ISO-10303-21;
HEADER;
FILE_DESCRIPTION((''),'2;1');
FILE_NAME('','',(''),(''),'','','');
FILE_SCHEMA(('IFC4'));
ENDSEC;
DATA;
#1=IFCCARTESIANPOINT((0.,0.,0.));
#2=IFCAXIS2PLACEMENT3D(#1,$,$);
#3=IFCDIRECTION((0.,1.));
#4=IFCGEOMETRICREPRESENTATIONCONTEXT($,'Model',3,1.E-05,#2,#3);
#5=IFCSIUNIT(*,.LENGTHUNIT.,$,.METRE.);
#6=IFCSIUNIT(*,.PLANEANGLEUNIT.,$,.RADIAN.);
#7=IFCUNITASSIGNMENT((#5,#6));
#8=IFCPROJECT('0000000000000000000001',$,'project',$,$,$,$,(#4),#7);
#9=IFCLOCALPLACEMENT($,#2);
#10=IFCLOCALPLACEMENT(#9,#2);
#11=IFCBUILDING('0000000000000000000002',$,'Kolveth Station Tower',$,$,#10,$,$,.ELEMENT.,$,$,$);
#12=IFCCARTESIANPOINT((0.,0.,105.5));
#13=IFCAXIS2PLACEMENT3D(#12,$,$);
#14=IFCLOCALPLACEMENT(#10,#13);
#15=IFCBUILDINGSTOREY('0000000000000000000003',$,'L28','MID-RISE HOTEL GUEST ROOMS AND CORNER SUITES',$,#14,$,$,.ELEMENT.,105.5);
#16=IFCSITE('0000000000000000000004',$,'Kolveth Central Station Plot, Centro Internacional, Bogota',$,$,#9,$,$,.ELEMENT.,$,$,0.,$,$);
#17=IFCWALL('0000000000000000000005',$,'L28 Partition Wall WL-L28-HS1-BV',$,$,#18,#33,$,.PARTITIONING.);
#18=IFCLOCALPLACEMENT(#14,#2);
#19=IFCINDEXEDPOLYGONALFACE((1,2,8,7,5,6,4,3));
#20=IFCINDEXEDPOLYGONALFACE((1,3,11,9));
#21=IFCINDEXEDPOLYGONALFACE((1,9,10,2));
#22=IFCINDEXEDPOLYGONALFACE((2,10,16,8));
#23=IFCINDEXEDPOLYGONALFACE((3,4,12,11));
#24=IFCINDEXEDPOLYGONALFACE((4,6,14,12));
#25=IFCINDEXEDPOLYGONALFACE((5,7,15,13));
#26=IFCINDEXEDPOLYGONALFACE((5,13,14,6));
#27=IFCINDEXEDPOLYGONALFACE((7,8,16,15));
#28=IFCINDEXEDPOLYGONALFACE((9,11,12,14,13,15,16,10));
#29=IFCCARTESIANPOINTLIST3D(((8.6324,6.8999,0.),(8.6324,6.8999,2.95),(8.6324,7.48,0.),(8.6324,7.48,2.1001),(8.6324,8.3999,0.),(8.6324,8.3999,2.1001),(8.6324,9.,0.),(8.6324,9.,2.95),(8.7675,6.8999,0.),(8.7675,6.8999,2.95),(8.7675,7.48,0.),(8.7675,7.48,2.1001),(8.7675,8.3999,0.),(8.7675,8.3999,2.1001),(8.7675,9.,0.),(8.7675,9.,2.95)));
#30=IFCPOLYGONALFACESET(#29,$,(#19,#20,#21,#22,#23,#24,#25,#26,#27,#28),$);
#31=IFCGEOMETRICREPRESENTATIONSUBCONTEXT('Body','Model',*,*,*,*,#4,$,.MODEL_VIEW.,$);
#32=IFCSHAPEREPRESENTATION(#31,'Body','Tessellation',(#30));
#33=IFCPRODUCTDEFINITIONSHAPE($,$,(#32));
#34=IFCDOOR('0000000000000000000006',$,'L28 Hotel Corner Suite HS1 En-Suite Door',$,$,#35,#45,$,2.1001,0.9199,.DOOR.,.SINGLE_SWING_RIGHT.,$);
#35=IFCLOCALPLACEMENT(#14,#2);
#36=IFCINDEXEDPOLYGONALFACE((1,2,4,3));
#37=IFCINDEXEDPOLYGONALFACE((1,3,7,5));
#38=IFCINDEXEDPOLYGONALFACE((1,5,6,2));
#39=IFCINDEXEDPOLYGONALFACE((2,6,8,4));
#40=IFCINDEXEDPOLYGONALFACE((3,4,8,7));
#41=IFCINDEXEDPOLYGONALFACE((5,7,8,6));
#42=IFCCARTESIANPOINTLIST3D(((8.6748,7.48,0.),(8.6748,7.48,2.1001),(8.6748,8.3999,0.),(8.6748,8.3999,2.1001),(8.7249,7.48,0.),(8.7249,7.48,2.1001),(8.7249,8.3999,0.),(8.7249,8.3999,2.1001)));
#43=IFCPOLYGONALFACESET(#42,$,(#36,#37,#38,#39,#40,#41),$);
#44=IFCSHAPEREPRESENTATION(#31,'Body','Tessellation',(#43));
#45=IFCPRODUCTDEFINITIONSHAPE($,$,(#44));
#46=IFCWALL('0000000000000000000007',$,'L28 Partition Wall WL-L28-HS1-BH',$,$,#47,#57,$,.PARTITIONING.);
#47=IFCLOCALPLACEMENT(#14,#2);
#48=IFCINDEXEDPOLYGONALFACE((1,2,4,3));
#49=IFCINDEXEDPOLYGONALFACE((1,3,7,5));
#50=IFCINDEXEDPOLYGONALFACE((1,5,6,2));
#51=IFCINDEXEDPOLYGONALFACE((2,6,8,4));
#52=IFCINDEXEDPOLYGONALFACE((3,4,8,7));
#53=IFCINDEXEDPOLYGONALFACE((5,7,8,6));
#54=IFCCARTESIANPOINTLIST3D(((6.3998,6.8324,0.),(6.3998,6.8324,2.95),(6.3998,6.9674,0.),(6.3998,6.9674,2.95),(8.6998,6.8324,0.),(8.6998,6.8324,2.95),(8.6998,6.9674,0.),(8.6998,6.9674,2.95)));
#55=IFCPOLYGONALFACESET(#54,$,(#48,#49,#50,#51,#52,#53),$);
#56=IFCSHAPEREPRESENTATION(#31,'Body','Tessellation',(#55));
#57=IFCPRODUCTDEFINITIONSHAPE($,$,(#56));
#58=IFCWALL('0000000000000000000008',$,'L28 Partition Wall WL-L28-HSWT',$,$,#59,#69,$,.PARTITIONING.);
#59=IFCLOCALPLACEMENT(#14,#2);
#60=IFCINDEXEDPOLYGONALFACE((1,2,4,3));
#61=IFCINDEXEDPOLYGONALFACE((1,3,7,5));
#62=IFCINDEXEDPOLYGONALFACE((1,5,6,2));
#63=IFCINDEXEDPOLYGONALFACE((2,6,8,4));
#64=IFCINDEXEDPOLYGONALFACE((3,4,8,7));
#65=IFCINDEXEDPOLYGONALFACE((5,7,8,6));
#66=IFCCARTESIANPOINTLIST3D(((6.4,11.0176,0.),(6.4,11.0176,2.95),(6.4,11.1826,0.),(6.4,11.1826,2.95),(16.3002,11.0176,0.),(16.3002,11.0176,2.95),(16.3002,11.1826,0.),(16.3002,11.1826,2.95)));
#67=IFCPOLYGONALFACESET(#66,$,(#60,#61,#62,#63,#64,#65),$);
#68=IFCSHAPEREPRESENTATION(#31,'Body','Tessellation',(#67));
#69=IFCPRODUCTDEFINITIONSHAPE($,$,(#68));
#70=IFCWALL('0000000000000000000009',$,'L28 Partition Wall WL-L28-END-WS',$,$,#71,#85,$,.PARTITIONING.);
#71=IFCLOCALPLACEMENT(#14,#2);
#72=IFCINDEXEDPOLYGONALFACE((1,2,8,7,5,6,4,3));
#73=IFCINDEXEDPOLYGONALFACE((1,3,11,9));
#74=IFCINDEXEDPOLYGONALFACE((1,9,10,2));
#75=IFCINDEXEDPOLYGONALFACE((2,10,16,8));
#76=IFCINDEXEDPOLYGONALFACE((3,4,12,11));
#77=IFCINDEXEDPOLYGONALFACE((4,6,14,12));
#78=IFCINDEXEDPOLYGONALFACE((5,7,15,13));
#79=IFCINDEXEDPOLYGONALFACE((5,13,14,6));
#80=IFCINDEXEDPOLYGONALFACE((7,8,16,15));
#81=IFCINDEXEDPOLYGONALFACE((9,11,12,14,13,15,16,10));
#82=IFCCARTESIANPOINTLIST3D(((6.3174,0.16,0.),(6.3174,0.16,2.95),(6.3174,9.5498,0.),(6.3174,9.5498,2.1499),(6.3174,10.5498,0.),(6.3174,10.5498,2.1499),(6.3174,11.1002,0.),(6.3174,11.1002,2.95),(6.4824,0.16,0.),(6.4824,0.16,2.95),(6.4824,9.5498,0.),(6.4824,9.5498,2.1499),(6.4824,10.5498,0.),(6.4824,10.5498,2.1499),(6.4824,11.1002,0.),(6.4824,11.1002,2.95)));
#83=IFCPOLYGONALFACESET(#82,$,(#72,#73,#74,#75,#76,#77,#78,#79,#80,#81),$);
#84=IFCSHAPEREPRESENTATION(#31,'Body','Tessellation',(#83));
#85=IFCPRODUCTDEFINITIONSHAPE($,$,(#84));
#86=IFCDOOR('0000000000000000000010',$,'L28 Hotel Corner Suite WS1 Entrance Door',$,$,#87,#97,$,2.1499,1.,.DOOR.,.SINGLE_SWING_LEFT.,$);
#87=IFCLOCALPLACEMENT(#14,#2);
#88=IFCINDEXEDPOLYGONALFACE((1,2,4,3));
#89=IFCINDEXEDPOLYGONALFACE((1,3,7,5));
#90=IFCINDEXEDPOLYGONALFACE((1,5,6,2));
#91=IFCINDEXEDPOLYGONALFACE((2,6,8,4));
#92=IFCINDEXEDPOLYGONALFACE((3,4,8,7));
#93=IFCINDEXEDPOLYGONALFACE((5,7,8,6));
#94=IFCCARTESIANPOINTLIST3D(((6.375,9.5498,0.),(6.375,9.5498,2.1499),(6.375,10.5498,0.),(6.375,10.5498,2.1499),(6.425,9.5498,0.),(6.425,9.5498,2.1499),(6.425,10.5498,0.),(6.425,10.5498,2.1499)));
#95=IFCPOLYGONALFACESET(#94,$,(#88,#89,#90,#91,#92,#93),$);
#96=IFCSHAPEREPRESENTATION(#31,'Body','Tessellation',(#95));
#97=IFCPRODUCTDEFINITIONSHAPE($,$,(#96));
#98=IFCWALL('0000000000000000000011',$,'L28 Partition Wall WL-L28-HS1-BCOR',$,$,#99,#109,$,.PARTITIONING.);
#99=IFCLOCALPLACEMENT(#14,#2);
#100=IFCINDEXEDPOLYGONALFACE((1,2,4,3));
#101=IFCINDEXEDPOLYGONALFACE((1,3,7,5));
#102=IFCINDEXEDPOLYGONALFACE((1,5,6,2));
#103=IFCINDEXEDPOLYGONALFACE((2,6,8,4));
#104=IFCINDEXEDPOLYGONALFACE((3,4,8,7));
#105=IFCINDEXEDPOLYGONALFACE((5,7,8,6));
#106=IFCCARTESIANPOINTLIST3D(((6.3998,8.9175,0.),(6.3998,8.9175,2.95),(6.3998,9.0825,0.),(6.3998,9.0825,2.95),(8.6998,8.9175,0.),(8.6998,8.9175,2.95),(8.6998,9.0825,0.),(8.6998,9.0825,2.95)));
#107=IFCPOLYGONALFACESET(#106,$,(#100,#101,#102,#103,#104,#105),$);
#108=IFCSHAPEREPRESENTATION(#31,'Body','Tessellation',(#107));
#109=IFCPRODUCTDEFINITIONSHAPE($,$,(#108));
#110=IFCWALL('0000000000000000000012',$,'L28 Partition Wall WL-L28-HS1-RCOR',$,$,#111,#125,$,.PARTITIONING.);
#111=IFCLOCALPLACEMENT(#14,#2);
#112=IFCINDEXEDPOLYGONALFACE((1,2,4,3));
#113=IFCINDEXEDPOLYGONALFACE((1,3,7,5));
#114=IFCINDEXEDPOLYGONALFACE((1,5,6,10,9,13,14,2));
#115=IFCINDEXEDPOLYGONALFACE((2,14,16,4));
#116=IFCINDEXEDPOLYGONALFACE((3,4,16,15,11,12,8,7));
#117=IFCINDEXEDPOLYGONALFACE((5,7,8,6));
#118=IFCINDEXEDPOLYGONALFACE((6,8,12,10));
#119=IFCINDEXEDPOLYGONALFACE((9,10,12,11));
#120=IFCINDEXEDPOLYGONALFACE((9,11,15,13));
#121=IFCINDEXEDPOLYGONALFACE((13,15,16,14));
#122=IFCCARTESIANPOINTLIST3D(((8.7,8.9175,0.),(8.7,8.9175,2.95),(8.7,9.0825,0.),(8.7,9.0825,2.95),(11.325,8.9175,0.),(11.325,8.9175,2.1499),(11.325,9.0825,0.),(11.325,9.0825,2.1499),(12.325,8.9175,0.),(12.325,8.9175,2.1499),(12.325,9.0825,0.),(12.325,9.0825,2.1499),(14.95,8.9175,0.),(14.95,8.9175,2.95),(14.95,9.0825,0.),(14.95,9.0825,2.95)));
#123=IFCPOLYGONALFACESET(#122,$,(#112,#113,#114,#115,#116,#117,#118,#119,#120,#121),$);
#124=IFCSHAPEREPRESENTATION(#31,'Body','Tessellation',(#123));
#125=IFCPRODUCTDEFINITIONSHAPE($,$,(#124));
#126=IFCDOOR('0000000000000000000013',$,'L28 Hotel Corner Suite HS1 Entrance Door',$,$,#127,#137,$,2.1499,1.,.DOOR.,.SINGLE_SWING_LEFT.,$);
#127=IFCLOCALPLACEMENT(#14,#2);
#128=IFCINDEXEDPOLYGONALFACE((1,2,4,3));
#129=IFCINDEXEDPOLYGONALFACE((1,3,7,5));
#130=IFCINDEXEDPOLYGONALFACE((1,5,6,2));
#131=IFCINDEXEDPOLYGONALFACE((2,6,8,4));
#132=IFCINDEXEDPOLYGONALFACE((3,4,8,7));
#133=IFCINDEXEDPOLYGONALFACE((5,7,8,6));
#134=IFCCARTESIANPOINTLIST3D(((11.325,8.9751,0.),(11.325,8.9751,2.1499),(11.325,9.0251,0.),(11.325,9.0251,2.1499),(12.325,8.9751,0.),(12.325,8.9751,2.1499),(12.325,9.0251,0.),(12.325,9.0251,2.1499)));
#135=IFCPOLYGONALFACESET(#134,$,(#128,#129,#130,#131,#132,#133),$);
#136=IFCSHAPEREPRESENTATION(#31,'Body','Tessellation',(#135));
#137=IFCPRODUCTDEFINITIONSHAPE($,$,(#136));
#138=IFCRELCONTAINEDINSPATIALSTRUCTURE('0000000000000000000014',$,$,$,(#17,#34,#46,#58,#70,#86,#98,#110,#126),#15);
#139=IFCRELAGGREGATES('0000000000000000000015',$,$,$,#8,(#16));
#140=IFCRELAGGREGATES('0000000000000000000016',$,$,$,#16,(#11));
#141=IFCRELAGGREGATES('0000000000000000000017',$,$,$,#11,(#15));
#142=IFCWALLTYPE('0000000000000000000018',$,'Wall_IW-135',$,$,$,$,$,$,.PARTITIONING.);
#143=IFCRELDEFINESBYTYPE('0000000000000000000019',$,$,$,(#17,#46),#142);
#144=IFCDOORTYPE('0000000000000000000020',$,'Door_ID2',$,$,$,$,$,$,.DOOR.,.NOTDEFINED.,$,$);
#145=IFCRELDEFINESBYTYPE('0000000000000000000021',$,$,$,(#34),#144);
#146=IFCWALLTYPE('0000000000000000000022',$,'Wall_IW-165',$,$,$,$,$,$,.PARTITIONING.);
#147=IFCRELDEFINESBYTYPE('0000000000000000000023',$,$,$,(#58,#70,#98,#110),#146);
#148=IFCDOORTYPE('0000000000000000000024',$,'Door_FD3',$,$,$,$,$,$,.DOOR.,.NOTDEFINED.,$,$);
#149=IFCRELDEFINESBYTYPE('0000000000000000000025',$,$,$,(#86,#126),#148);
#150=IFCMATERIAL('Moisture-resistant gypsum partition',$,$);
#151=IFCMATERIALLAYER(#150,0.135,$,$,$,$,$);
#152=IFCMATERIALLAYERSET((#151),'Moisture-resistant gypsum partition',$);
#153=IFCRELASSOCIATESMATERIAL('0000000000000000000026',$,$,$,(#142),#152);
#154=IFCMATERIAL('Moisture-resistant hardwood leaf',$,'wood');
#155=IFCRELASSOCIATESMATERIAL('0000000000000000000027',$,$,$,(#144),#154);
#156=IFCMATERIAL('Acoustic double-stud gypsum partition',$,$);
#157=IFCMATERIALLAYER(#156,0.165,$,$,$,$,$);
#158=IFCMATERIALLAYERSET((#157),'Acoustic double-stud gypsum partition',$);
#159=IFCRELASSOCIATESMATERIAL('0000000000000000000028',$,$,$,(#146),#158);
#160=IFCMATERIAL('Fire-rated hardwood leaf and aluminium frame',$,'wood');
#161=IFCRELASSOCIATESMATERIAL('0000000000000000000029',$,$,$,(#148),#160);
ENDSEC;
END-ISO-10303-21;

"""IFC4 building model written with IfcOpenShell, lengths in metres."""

from ifc_helpers import new_model, si_unit, direction, frame, frame_2d, origin, place, context, subcontext, project, spatial, rectangle, extrude, material, layer, layer_set, type_object, element, fill, save


model = new_model("IFC4")

# Units and contexts
model_context = context("Model", 3, precision=1e-05, world=origin(), true_north=direction((0.0, 1.0)))
body_context = subcontext(model_context, "Body", "Model", "MODEL_VIEW")
ifc_project = project(units=[si_unit("LENGTHUNIT", "METRE"), si_unit("PLANEANGLEUNIT", "RADIAN")], contexts=[model_context])

# Site, building, storey
site_placement = place(None, origin())
site = spatial("IfcSite", under=ifc_project, at=site_placement, Name="Kolveth Central Station Plot, Centro Internacional, Bogota", CompositionType="ELEMENT", RefElevation=0.0)
building_placement = place(site_placement, origin())
building = spatial("IfcBuilding", under=site, at=building_placement, Name="Kolveth Station Tower", CompositionType="ELEMENT")
storey_placement = place(building_placement, frame((0.0, 0.0, 105.5)))
storey = spatial("IfcBuildingStorey", under=building, at=storey_placement, Name="L28", Description="MID-RISE HOTEL GUEST ROOMS AND CORNER SUITES", CompositionType="ELEMENT", Elevation=105.5)

# Wall, opening, door
ifc_material_1 = material(Name="Moisture-resistant gypsum partition")
ifc_layer_1 = layer(ifc_material_1, 0.135)
ifc_layer_set_1 = layer_set([ifc_layer_1], Name="Moisture-resistant gypsum partition")
wall_type_1 = type_object("IfcWallType", Name="Wall_IW-135", PredefinedType="PARTITIONING", material=ifc_layer_set_1)
wall_1_placement = place(storey_placement, frame((8.7, 6.8999, 0.0), z_axis=(0.0, 0.0, 1.0), x_axis=(0.0, 1.0, 0.0)))
wall_1 = element("IfcWall", 1, at=wall_1_placement, inside=storey, type_object=wall_type_1, Name="L28 Partition Wall WL-L28-HS1-BV", PredefinedType="PARTITIONING", context=body_context, shape_type="SweptSolid", body=[
    extrude(rectangle(XDim=2.1001, YDim=0.135, at=frame_2d((1.05, 0.0))), origin(), (0.0, 0.0, 1.0), 2.95),
])
opening_1_placement = place(wall_1_placement, frame((0.5801, 0.0, 0.0)))
opening_1 = element("IfcOpeningElement", 2, at=opening_1_placement, cuts=wall_1, PredefinedType="OPENING", context=body_context, shape_type="SweptSolid", body=[
    extrude(rectangle(XDim=0.9199, YDim=2.1001, at=frame_2d((0.46, 1.05))), frame((0.0, 0.0774, 0.0), z_axis=(0.0, -1.0, 0.0), x_axis=(1.0, 0.0, 0.0)), (0.0, 0.0, 1.0), 0.155),
])
ifc_material_2 = material(Name="Moisture-resistant hardwood leaf", Category="wood")
door_type_1 = type_object("IfcDoorType", Name="Door_ID2", OperationType="NOTDEFINED", PredefinedType="DOOR", material=ifc_material_2)
door_1_placement = place(opening_1_placement, frame((0.9199, 0.0, 0.0), z_axis=(0.0, 0.0, 1.0), x_axis=(-1.0, 0.0, 0.0)))
door_1 = element("IfcDoor", 3, at=door_1_placement, inside=storey, type_object=door_type_1, Name="L28 Hotel Corner Suite HS1 En-Suite Door", OperationType="SINGLE_SWING_RIGHT", OverallHeight=2.1001, OverallWidth=0.9199, PredefinedType="DOOR", context=body_context, shape_type="SweptSolid", body=[
    extrude(rectangle(XDim=0.9199, YDim=2.1001, at=frame_2d((0.46, 1.05))), frame((0.0, 0.0249, 0.0), z_axis=(0.0, -1.0, 0.0), x_axis=(1.0, 0.0, 0.0)), (0.0, 0.0, 1.0), 0.05),
])
fill(opening_1, door_1)

# Walls
wall_2_placement = place(storey_placement, frame((6.3999, 6.8999, 0.0), z_axis=(0.0, 0.0, 1.0), x_axis=(1.0, 0.0, 0.0)))
element("IfcWall", 4, at=wall_2_placement, inside=storey, type_object=wall_type_1, Name="L28 Partition Wall WL-L28-HS1-BH", PredefinedType="PARTITIONING", context=body_context, shape_type="SweptSolid", body=[
    extrude(rectangle(XDim=2.3, YDim=0.135, at=frame_2d((1.1499, 0.0))), origin(), (0.0, 0.0, 1.0), 2.95),
])
ifc_material_3 = material(Name="Acoustic double-stud gypsum partition")
ifc_layer_2 = layer(ifc_material_3, 0.165)
ifc_layer_set_2 = layer_set([ifc_layer_2], Name="Acoustic double-stud gypsum partition")
wall_type_2 = type_object("IfcWallType", Name="Wall_IW-165", PredefinedType="PARTITIONING", material=ifc_layer_set_2)
wall_3_placement = place(storey_placement, frame((6.3999, 11.1001, 0.0), z_axis=(0.0, 0.0, 1.0), x_axis=(1.0, 0.0, 0.0)))
element("IfcWall", 5, at=wall_3_placement, inside=storey, type_object=wall_type_2, Name="L28 Partition Wall WL-L28-HSWT", PredefinedType="PARTITIONING", context=body_context, shape_type="SweptSolid", body=[
    extrude(rectangle(XDim=9.9001, YDim=0.165, at=frame_2d((4.9502, 0.0))), origin(), (0.0, 0.0, 1.0), 2.95),
])

# Wall, opening, door
wall_4_placement = place(storey_placement, frame((6.3999, 0.1599, 0.0), z_axis=(0.0, 0.0, 1.0), x_axis=(0.0, 1.0, 0.0)))
wall_4 = element("IfcWall", 6, at=wall_4_placement, inside=storey, type_object=wall_type_2, Name="L28 Partition Wall WL-L28-END-WS", PredefinedType="PARTITIONING", context=body_context, shape_type="SweptSolid", body=[
    extrude(rectangle(XDim=10.9402, YDim=0.165, at=frame_2d((5.4702, 0.0))), origin(), (0.0, 0.0, 1.0), 2.95),
])
opening_2_placement = place(wall_4_placement, frame((9.3899, 0.0, 0.0)))
opening_2 = element("IfcOpeningElement", 7, at=opening_2_placement, cuts=wall_4, PredefinedType="OPENING", context=body_context, shape_type="SweptSolid", body=[
    extrude(rectangle(XDim=1.0, YDim=2.1499, at=frame_2d((0.5, 1.075))), frame((0.0, 0.0925, 0.0), z_axis=(0.0, -1.0, 0.0), x_axis=(1.0, 0.0, 0.0)), (0.0, 0.0, 1.0), 0.1851),
])
ifc_material_4 = material(Name="Fire-rated hardwood leaf and aluminium frame", Category="wood")
door_type_2 = type_object("IfcDoorType", Name="Door_FD3", OperationType="NOTDEFINED", PredefinedType="DOOR", material=ifc_material_4)
door_2_placement = place(opening_2_placement, origin())
door_2 = element("IfcDoor", 8, at=door_2_placement, inside=storey, type_object=door_type_2, Name="L28 Hotel Corner Suite WS1 Entrance Door", OperationType="SINGLE_SWING_LEFT", OverallHeight=2.1499, OverallWidth=1.0, PredefinedType="DOOR", context=body_context, shape_type="SweptSolid", body=[
    extrude(rectangle(XDim=1.0, YDim=2.1499, at=frame_2d((0.5, 1.075))), frame((0.0, 0.0249, 0.0), z_axis=(0.0, -1.0, 0.0), x_axis=(1.0, 0.0, 0.0)), (0.0, 0.0, 1.0), 0.05),
])
fill(opening_2, door_2)

# Wall
wall_5_placement = place(storey_placement, frame((6.3999, 9.0, 0.0), z_axis=(0.0, 0.0, 1.0), x_axis=(1.0, 0.0, 0.0)))
element("IfcWall", 9, at=wall_5_placement, inside=storey, type_object=wall_type_2, Name="L28 Partition Wall WL-L28-HS1-BCOR", PredefinedType="PARTITIONING", context=body_context, shape_type="SweptSolid", body=[
    extrude(rectangle(XDim=2.3, YDim=0.165, at=frame_2d((1.1499, 0.0))), origin(), (0.0, 0.0, 1.0), 2.95),
])

# Wall, opening, door
wall_6_placement = place(storey_placement, frame((8.7, 9.0, 0.0), z_axis=(0.0, 0.0, 1.0), x_axis=(1.0, 0.0, 0.0)))
wall_6 = element("IfcWall", 10, at=wall_6_placement, inside=storey, type_object=wall_type_2, Name="L28 Partition Wall WL-L28-HS1-RCOR", PredefinedType="PARTITIONING", context=body_context, shape_type="SweptSolid", body=[
    extrude(rectangle(XDim=6.25, YDim=0.165, at=frame_2d((3.125, 0.0))), origin(), (0.0, 0.0, 1.0), 2.95),
])
opening_3_placement = place(wall_6_placement, frame((2.625, 0.0, 0.0)))
opening_3 = element("IfcOpeningElement", 11, at=opening_3_placement, cuts=wall_6, PredefinedType="OPENING", context=body_context, shape_type="SweptSolid", body=[
    extrude(rectangle(XDim=1.0, YDim=2.1499, at=frame_2d((0.5, 1.075))), frame((0.0, 0.0925, 0.0), z_axis=(0.0, -1.0, 0.0), x_axis=(1.0, 0.0, 0.0)), (0.0, 0.0, 1.0), 0.1851),
])
door_3_placement = place(opening_3_placement, frame((1.0, 0.0, 0.0), z_axis=(0.0, 0.0, 1.0), x_axis=(-1.0, 0.0, 0.0)))
door_3 = element("IfcDoor", 12, at=door_3_placement, inside=storey, type_object=door_type_2, Name="L28 Hotel Corner Suite HS1 Entrance Door", OperationType="SINGLE_SWING_LEFT", OverallHeight=2.1499, OverallWidth=1.0, PredefinedType="DOOR", context=body_context, shape_type="SweptSolid", body=[
    extrude(rectangle(XDim=1.0, YDim=2.1499, at=frame_2d((0.5, 1.075))), frame((0.0, 0.0249, 0.0), z_axis=(0.0, -1.0, 0.0), x_axis=(1.0, 0.0, 0.0)), (0.0, 0.0, 1.0), 0.05),
])
fill(opening_3, door_3)

save(model, "model.ifc")
